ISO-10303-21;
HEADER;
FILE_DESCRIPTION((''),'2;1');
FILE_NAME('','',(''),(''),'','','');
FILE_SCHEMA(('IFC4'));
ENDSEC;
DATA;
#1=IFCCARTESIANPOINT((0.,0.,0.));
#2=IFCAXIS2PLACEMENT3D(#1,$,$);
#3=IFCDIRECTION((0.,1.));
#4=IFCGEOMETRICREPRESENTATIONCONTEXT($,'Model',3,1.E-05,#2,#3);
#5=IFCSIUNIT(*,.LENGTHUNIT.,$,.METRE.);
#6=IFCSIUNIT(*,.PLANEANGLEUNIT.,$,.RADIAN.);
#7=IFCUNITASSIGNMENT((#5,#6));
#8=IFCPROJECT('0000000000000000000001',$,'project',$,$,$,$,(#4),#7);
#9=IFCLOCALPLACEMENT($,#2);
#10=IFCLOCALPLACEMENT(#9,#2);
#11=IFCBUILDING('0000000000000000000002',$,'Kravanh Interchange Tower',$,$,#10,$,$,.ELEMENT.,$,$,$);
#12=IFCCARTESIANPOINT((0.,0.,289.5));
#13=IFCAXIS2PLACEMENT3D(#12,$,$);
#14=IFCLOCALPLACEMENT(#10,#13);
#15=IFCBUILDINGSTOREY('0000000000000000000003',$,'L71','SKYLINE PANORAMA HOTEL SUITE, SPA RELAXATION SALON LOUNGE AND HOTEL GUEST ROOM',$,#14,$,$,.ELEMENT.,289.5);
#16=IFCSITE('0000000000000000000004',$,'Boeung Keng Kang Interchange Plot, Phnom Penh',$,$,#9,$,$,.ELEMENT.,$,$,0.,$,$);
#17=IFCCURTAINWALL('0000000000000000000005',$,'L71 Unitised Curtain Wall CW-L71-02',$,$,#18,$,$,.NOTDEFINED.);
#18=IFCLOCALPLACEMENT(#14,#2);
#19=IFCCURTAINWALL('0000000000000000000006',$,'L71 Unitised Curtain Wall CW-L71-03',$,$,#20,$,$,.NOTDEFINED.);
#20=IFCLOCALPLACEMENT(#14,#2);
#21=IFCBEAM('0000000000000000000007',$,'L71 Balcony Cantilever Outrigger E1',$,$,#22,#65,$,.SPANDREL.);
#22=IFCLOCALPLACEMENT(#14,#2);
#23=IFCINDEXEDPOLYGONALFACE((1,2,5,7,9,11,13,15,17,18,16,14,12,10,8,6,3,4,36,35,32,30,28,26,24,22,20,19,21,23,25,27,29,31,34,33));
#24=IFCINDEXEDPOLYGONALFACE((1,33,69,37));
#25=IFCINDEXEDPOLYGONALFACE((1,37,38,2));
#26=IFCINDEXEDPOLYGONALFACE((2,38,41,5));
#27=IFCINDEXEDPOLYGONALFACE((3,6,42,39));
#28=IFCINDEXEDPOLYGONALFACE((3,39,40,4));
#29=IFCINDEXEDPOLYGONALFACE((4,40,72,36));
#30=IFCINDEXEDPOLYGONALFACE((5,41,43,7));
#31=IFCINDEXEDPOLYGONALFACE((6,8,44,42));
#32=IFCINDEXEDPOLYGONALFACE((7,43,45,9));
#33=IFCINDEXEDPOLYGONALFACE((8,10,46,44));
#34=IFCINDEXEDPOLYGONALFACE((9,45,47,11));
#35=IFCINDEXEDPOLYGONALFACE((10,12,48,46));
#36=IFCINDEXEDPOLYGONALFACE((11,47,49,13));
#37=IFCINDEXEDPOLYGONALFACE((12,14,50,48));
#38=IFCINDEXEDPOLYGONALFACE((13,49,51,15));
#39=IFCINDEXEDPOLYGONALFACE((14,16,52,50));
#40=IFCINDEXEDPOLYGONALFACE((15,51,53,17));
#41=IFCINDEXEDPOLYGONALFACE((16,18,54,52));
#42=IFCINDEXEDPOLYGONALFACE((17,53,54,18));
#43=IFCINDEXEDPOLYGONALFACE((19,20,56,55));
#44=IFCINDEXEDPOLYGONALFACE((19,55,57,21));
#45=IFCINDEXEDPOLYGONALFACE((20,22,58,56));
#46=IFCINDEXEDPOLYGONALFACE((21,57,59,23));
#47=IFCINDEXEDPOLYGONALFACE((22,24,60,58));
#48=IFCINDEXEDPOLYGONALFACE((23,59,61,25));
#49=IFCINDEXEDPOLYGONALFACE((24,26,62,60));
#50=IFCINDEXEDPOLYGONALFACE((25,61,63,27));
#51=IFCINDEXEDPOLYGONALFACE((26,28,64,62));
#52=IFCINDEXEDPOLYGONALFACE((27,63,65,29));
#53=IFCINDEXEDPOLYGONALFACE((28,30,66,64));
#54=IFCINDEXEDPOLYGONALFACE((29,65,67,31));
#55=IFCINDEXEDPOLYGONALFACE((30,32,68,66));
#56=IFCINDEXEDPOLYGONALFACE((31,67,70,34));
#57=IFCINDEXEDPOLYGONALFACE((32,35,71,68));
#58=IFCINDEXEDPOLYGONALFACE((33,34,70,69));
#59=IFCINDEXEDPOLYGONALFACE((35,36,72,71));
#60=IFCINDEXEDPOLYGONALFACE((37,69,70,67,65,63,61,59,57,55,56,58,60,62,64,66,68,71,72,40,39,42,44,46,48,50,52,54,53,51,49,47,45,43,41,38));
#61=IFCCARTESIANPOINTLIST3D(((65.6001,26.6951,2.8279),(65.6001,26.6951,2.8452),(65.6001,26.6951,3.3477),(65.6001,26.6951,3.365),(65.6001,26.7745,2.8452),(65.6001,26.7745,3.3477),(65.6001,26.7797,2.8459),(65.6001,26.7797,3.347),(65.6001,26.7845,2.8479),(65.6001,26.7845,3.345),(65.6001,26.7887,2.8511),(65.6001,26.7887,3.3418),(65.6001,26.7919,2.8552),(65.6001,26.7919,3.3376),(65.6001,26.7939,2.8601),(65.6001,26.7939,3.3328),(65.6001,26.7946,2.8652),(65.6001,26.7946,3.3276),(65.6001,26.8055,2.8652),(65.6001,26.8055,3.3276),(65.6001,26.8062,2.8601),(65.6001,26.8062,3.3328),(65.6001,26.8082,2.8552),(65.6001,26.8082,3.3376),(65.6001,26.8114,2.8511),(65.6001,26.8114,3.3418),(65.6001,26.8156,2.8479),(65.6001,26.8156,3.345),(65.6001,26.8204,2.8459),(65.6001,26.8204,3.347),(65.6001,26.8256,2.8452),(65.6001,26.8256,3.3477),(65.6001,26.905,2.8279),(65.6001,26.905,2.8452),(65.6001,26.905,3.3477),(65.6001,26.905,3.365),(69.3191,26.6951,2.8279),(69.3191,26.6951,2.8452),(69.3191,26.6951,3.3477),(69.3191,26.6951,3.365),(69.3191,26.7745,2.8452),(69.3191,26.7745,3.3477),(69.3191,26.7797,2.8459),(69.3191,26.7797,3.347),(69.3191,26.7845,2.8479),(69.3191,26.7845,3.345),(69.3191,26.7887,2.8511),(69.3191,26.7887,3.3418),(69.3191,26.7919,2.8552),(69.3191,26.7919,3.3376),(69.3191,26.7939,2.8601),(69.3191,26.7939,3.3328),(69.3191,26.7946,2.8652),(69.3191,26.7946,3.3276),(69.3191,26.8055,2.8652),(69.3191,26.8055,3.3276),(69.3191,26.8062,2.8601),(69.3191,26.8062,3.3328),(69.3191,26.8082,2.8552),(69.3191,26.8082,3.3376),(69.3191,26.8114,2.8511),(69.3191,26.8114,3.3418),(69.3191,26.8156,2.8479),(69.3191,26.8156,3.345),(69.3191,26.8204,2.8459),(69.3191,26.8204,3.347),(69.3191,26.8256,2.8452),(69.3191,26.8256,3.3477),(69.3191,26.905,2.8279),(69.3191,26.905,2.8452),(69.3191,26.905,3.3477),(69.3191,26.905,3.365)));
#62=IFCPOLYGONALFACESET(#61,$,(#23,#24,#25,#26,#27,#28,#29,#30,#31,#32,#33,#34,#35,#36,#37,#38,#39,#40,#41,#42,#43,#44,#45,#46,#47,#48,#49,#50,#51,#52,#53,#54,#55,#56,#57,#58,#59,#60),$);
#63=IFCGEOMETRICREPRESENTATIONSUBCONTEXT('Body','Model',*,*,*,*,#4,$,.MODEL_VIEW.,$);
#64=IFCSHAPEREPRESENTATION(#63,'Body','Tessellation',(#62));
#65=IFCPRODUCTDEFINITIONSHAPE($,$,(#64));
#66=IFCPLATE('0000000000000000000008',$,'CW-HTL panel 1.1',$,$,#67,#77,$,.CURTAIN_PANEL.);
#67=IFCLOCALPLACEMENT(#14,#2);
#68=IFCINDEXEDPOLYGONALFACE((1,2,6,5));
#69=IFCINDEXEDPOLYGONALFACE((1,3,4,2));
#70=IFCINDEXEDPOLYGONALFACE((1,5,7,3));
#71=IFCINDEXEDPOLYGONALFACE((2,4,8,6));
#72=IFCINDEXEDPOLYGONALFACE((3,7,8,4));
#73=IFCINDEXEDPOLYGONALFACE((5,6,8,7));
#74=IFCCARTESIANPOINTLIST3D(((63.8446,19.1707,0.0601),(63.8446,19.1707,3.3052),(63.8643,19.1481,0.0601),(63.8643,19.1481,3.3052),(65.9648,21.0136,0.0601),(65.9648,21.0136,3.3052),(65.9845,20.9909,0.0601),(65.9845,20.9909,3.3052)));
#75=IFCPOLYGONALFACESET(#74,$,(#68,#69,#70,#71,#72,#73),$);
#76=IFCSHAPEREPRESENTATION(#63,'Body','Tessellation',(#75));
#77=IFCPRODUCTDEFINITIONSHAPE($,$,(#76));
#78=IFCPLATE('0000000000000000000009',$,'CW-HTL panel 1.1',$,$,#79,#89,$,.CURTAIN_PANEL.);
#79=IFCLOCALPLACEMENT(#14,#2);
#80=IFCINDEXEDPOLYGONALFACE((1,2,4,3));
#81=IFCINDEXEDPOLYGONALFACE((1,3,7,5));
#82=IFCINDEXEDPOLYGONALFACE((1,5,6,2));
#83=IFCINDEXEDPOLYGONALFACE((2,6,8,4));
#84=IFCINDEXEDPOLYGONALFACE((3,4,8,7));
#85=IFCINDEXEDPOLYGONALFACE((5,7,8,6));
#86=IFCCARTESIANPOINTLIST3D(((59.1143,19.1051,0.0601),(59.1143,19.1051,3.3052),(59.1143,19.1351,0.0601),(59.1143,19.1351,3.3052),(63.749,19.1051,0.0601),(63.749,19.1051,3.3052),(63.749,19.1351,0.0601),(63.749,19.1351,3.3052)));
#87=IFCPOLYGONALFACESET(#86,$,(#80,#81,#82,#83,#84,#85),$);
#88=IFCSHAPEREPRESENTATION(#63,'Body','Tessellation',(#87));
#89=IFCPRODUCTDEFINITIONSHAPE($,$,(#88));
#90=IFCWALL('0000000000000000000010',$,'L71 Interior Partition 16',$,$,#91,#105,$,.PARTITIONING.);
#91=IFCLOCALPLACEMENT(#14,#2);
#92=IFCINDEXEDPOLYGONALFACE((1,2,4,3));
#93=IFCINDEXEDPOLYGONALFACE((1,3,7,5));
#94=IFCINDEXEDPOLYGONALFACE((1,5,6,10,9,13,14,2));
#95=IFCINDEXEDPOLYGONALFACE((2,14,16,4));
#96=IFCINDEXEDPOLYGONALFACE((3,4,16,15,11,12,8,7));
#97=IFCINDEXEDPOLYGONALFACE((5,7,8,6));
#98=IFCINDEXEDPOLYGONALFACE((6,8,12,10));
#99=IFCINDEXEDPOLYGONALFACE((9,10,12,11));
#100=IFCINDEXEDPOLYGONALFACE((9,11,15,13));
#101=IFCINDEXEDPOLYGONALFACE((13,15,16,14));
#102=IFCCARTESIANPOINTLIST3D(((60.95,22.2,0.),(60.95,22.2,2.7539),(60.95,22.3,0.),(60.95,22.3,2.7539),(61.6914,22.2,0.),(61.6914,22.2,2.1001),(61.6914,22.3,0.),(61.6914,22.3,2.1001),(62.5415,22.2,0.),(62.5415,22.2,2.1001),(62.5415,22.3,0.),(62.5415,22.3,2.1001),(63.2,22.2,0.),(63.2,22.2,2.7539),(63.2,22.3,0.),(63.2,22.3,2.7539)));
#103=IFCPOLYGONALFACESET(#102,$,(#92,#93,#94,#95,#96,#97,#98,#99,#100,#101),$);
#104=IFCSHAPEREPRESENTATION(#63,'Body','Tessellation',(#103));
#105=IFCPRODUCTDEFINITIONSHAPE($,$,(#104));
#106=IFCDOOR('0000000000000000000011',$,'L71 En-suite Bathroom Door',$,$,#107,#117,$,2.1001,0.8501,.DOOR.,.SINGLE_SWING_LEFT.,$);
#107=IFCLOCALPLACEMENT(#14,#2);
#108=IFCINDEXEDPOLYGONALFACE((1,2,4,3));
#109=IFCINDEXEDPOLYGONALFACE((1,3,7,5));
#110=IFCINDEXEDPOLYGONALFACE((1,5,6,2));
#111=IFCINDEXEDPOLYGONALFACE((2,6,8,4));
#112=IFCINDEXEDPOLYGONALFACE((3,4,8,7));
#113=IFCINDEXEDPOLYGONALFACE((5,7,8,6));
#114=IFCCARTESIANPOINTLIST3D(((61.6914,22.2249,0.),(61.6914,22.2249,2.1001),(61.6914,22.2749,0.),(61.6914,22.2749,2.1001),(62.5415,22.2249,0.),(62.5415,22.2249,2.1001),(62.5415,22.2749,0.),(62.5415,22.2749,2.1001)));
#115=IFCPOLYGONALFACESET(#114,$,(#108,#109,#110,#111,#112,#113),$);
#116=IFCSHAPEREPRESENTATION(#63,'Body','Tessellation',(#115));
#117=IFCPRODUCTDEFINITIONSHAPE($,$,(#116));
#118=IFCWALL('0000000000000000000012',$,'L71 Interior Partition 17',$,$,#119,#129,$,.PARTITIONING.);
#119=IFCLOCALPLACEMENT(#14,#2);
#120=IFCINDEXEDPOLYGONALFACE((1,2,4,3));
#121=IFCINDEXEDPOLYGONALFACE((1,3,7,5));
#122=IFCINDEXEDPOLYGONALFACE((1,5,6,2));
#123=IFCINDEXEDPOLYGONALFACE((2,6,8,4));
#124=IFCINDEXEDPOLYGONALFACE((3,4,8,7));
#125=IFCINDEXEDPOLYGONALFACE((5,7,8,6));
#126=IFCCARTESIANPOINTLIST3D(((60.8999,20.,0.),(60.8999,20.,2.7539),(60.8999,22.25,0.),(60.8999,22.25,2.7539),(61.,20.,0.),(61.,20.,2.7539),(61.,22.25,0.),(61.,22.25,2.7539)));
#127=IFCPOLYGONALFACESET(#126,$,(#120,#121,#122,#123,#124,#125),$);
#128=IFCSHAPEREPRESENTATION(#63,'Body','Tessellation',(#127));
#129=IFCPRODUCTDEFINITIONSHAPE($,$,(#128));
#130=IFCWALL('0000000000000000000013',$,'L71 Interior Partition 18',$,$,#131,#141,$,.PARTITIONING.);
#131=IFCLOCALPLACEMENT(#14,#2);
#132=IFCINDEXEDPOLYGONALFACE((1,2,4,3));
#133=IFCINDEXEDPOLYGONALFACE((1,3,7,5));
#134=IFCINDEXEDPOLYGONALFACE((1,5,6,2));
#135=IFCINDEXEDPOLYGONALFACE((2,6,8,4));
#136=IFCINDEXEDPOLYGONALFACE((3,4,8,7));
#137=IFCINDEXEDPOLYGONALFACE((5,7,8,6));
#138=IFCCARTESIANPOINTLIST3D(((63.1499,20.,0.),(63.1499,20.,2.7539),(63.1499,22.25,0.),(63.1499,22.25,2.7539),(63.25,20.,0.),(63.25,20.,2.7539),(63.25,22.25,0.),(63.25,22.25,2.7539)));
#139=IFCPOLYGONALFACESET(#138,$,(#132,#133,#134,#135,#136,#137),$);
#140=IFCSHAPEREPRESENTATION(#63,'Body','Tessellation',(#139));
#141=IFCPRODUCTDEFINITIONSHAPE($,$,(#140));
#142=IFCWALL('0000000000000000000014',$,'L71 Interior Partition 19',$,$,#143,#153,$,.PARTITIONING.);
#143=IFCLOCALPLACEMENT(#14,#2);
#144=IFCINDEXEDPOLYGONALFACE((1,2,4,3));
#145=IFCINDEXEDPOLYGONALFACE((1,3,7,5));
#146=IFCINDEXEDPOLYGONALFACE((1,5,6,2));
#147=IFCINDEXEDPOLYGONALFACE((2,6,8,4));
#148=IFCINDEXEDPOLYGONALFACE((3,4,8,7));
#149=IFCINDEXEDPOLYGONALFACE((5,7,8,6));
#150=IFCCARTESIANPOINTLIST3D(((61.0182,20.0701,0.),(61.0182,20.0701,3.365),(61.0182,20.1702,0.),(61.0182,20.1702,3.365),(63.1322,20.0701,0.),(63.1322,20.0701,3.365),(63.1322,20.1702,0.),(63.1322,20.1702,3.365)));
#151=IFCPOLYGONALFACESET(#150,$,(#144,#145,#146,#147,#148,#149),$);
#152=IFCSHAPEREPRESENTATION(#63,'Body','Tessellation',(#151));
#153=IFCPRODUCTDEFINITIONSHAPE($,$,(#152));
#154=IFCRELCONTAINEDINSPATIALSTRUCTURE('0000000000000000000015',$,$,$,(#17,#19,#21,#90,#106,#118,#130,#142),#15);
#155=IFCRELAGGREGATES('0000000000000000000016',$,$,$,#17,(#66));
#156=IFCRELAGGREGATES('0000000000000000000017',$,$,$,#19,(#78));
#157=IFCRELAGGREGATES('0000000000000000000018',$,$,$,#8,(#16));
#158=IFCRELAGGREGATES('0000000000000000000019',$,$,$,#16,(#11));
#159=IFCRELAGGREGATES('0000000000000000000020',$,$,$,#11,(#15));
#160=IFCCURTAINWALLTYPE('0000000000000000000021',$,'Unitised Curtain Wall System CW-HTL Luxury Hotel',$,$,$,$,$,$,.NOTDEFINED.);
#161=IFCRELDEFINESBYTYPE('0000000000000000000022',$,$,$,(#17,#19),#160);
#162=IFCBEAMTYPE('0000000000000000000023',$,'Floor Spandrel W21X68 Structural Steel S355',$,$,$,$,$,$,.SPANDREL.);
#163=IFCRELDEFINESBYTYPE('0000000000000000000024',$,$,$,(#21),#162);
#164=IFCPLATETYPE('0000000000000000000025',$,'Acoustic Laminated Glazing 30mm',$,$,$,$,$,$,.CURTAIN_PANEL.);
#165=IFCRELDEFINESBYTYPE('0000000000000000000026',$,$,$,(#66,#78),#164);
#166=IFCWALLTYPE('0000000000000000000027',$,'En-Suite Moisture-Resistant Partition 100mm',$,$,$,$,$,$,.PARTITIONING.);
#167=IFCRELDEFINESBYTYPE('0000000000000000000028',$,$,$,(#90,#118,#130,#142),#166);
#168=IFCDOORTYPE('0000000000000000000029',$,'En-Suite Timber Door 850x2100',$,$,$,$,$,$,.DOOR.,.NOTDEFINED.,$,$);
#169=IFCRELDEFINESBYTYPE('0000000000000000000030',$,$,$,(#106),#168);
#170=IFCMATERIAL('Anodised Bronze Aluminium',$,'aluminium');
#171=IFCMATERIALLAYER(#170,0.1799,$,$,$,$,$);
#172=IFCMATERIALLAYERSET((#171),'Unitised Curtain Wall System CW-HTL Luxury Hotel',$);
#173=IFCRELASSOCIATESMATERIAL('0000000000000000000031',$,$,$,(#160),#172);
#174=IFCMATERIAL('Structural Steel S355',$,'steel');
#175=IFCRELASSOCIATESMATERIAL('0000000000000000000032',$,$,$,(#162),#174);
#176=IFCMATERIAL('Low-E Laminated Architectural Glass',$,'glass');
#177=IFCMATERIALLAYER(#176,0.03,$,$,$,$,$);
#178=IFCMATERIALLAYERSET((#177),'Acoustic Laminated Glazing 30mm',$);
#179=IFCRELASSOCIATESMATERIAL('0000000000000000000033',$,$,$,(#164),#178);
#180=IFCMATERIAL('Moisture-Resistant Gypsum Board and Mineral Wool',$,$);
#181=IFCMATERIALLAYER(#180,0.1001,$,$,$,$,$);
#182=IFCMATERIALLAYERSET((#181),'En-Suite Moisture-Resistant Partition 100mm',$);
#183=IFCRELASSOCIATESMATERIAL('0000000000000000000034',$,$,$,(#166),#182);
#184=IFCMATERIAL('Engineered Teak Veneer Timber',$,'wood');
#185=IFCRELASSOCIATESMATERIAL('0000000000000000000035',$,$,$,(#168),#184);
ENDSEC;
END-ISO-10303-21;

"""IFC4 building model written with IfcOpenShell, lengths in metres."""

from ifc_helpers import new_model, si_unit, direction, frame, frame_2d, origin, origin_2d, place, context, subcontext, project, spatial, rectangle, i_section, extrude, material, layer, layer_set, material_profile, profile_set, type_object, element, fill, aggregate, save


model = new_model("IFC4")

# Units and contexts
model_context = context("Model", 3, precision=1e-05, world=origin(), true_north=direction((0.0, 1.0)))
body_context = subcontext(model_context, "Body", "Model", "MODEL_VIEW")
ifc_project = project(units=[si_unit("LENGTHUNIT", "METRE"), si_unit("PLANEANGLEUNIT", "RADIAN")], contexts=[model_context])

# Site, building, storey
site_placement = place(None, origin())
site = spatial("IfcSite", under=ifc_project, at=site_placement, Name="Boeung Keng Kang Interchange Plot, Phnom Penh", CompositionType="ELEMENT", RefElevation=0.0)
building_placement = place(site_placement, origin())
building = spatial("IfcBuilding", under=site, at=building_placement, Name="Kravanh Interchange Tower", CompositionType="ELEMENT")
storey_placement = place(building_placement, frame((0.0, 0.0, 289.5)))
storey = spatial("IfcBuildingStorey", under=building, at=storey_placement, Name="L71", Description="SKYLINE PANORAMA HOTEL SUITE, SPA RELAXATION SALON LOUNGE AND HOTEL GUEST ROOM", CompositionType="ELEMENT", Elevation=289.5)

# Curtain walls
ifc_material_1 = material(Name="Anodised Bronze Aluminium", Category="aluminium")
ifc_layer_1 = layer(ifc_material_1, 0.1799)
ifc_layer_set_1 = layer_set([ifc_layer_1], Name="Unitised Curtain Wall System CW-HTL Luxury Hotel")
curtain_wall_type = type_object("IfcCurtainWallType", Name="Unitised Curtain Wall System CW-HTL Luxury Hotel", PredefinedType="NOTDEFINED", material=ifc_layer_set_1)
curtain_wall_1_placement = place(storey_placement, origin())
curtain_wall_1 = element("IfcCurtainWall", 1, at=curtain_wall_1_placement, inside=storey, type_object=curtain_wall_type, Name="L71 Unitised Curtain Wall CW-L71-02", PredefinedType="NOTDEFINED")
curtain_wall_2_placement = place(storey_placement, origin())
curtain_wall_2 = element("IfcCurtainWall", 2, at=curtain_wall_2_placement, inside=storey, type_object=curtain_wall_type, Name="L71 Unitised Curtain Wall CW-L71-03", PredefinedType="NOTDEFINED")

# Beam
ifc_material_2 = material(Name="Structural Steel S355", Category="steel")
ifc_material_profile_1 = material_profile(ifc_material_2, i_section(OverallWidth=0.21, OverallDepth=0.5371, WebThickness=0.011, FlangeThickness=0.0173, FilletRadius=0.02, at=origin_2d()), Name="W21X68")
ifc_profile_set_1 = profile_set([ifc_material_profile_1], Name="Structural Steel S355")
beam_type_1 = type_object("IfcBeamType", Name="Floor Spandrel W21X68 Structural Steel S355", PredefinedType="SPANDREL", material=ifc_profile_set_1)
beam_1_placement = place(storey_placement, frame((65.6001, 26.8, 3.0964), z_axis=(1.0, 0.0, 0.0), x_axis=(0.0, 1.0, 0.0)))
element("IfcBeam", 3, at=beam_1_placement, inside=storey, type_object=beam_type_1, Name="L71 Balcony Cantilever Outrigger E1", PredefinedType="SPANDREL", context=body_context, shape_type="SweptSolid", body=[
    extrude(i_section(OverallWidth=0.21, OverallDepth=0.5371, WebThickness=0.011, FlangeThickness=0.0173, FilletRadius=0.02, at=origin_2d()), origin(), (0.0, 0.0, 1.0), 3.719),
])

# Plates
ifc_material_3 = material(Name="Low-E Laminated Architectural Glass", Category="glass")
ifc_layer_2 = layer(ifc_material_3, 0.03)
ifc_layer_set_2 = layer_set([ifc_layer_2], Name="Acoustic Laminated Glazing 30mm")
plate_type = type_object("IfcPlateType", Name="Acoustic Laminated Glazing 30mm", PredefinedType="CURTAIN_PANEL", material=ifc_layer_set_2)
plate_1_placement = place(storey_placement, frame((64.9146, 20.0808, 0.0601), z_axis=(0.0, 0.0, 1.0), x_axis=(-0.754732, -0.656033, 0.0)))
plate_1 = element("IfcPlate", 4, at=plate_1_placement, type_object=plate_type, Name="CW-HTL panel 1.1", PredefinedType="CURTAIN_PANEL", context=body_context, shape_type="SweptSolid", body=[
    extrude(rectangle(XDim=2.8091, YDim=0.03, at=origin_2d()), origin(), (0.0, 0.0, 1.0), 3.2451),
])
aggregate(curtain_wall_1, [plate_1])
plate_2_placement = place(storey_placement, frame((61.4316, 19.1201, 0.0601), z_axis=(0.0, 0.0, 1.0), x_axis=(-1.0, 0.0, 0.0)))
plate_2 = element("IfcPlate", 5, at=plate_2_placement, type_object=plate_type, Name="CW-HTL panel 1.1", PredefinedType="CURTAIN_PANEL", context=body_context, shape_type="SweptSolid", body=[
    extrude(rectangle(XDim=4.6348, YDim=0.03, at=origin_2d()), origin(), (0.0, 0.0, 1.0), 3.2451),
])
aggregate(curtain_wall_2, [plate_2])

# Wall, opening, door
ifc_material_4 = material(Name="Moisture-Resistant Gypsum Board and Mineral Wool")
ifc_layer_3 = layer(ifc_material_4, 0.1001)
ifc_layer_set_3 = layer_set([ifc_layer_3], Name="En-Suite Moisture-Resistant Partition 100mm")
wall_type = type_object("IfcWallType", Name="En-Suite Moisture-Resistant Partition 100mm", PredefinedType="PARTITIONING", material=ifc_layer_set_3)
wall_1_placement = place(storey_placement, frame((60.95, 22.25, 0.0), z_axis=(0.0, 0.0, 1.0), x_axis=(1.0, 0.0, 0.0)))
wall_1 = element("IfcWall", 6, at=wall_1_placement, inside=storey, type_object=wall_type, Name="L71 Interior Partition 16", PredefinedType="PARTITIONING", context=body_context, shape_type="SweptSolid", body=[
    extrude(rectangle(XDim=2.25, YDim=0.1001, at=frame_2d((1.125, 0.0))), origin(), (0.0, 0.0, 1.0), 2.7539),
])
opening_placement = place(wall_1_placement, frame((0.7415, 0.0, 0.0)))
opening = element("IfcOpeningElement", 7, at=opening_placement, cuts=wall_1, PredefinedType="OPENING", context=body_context, shape_type="SweptSolid", body=[
    extrude(rectangle(XDim=0.8501, YDim=2.1001, at=frame_2d((0.425, 1.05))), frame((0.0, 0.0601, 0.0), z_axis=(0.0, -1.0, 0.0), x_axis=(1.0, 0.0, 0.0)), (0.0, 0.0, 1.0), 0.1201),
])
ifc_material_5 = material(Name="Engineered Teak Veneer Timber", Category="wood")
door_type = type_object("IfcDoorType", Name="En-Suite Timber Door 850x2100", OperationType="NOTDEFINED", PredefinedType="DOOR", material=ifc_material_5)
door_placement = place(opening_placement, origin())
door = element("IfcDoor", 8, at=door_placement, inside=storey, type_object=door_type, Name="L71 En-suite Bathroom Door", OperationType="SINGLE_SWING_LEFT", OverallHeight=2.1001, OverallWidth=0.8501, PredefinedType="DOOR", context=body_context, shape_type="SweptSolid", body=[
    extrude(rectangle(XDim=0.8501, YDim=2.1001, at=frame_2d((0.425, 1.05))), frame((0.0, 0.0249, 0.0), z_axis=(0.0, -1.0, 0.0), x_axis=(1.0, 0.0, 0.0)), (0.0, 0.0, 1.0), 0.05),
])
fill(opening, door)

# Walls
for number, where, z_axis, x_axis, name in (
    (9, (60.95, 20.0, 0.0), (0.0, 0.0, 1.0), (0.0, 1.0, 0.0), "L71 Interior Partition 17"),
    (10, (63.2, 20.0, 0.0), (0.0, 0.0, 1.0), (0.0, 1.0, 0.0), "L71 Interior Partition 18"),
):
    element("IfcWall", number, at=place(storey_placement, frame(where, z_axis=z_axis, x_axis=x_axis)), inside=storey, type_object=wall_type, Name=name, PredefinedType="PARTITIONING", context=body_context, shape_type="SweptSolid", body=[
        extrude(rectangle(XDim=2.25, YDim=0.1001, at=frame_2d((1.125, 0.0))), origin(), (0.0, 0.0, 1.0), 2.7539),
    ])
wall_2_placement = place(storey_placement, frame((61.0181, 20.1201, 0.0), z_axis=(0.0, 0.0, 1.0), x_axis=(1.0, 0.0, 0.0)))
element("IfcWall", 11, at=wall_2_placement, inside=storey, type_object=wall_type, Name="L71 Interior Partition 19", PredefinedType="PARTITIONING", context=body_context, shape_type="SweptSolid", body=[
    extrude(rectangle(XDim=2.114, YDim=0.1001, at=frame_2d((1.0571, 0.0))), origin(), (0.0, 0.0, 1.0), 3.365),
])

save(model, "model.ifc")
